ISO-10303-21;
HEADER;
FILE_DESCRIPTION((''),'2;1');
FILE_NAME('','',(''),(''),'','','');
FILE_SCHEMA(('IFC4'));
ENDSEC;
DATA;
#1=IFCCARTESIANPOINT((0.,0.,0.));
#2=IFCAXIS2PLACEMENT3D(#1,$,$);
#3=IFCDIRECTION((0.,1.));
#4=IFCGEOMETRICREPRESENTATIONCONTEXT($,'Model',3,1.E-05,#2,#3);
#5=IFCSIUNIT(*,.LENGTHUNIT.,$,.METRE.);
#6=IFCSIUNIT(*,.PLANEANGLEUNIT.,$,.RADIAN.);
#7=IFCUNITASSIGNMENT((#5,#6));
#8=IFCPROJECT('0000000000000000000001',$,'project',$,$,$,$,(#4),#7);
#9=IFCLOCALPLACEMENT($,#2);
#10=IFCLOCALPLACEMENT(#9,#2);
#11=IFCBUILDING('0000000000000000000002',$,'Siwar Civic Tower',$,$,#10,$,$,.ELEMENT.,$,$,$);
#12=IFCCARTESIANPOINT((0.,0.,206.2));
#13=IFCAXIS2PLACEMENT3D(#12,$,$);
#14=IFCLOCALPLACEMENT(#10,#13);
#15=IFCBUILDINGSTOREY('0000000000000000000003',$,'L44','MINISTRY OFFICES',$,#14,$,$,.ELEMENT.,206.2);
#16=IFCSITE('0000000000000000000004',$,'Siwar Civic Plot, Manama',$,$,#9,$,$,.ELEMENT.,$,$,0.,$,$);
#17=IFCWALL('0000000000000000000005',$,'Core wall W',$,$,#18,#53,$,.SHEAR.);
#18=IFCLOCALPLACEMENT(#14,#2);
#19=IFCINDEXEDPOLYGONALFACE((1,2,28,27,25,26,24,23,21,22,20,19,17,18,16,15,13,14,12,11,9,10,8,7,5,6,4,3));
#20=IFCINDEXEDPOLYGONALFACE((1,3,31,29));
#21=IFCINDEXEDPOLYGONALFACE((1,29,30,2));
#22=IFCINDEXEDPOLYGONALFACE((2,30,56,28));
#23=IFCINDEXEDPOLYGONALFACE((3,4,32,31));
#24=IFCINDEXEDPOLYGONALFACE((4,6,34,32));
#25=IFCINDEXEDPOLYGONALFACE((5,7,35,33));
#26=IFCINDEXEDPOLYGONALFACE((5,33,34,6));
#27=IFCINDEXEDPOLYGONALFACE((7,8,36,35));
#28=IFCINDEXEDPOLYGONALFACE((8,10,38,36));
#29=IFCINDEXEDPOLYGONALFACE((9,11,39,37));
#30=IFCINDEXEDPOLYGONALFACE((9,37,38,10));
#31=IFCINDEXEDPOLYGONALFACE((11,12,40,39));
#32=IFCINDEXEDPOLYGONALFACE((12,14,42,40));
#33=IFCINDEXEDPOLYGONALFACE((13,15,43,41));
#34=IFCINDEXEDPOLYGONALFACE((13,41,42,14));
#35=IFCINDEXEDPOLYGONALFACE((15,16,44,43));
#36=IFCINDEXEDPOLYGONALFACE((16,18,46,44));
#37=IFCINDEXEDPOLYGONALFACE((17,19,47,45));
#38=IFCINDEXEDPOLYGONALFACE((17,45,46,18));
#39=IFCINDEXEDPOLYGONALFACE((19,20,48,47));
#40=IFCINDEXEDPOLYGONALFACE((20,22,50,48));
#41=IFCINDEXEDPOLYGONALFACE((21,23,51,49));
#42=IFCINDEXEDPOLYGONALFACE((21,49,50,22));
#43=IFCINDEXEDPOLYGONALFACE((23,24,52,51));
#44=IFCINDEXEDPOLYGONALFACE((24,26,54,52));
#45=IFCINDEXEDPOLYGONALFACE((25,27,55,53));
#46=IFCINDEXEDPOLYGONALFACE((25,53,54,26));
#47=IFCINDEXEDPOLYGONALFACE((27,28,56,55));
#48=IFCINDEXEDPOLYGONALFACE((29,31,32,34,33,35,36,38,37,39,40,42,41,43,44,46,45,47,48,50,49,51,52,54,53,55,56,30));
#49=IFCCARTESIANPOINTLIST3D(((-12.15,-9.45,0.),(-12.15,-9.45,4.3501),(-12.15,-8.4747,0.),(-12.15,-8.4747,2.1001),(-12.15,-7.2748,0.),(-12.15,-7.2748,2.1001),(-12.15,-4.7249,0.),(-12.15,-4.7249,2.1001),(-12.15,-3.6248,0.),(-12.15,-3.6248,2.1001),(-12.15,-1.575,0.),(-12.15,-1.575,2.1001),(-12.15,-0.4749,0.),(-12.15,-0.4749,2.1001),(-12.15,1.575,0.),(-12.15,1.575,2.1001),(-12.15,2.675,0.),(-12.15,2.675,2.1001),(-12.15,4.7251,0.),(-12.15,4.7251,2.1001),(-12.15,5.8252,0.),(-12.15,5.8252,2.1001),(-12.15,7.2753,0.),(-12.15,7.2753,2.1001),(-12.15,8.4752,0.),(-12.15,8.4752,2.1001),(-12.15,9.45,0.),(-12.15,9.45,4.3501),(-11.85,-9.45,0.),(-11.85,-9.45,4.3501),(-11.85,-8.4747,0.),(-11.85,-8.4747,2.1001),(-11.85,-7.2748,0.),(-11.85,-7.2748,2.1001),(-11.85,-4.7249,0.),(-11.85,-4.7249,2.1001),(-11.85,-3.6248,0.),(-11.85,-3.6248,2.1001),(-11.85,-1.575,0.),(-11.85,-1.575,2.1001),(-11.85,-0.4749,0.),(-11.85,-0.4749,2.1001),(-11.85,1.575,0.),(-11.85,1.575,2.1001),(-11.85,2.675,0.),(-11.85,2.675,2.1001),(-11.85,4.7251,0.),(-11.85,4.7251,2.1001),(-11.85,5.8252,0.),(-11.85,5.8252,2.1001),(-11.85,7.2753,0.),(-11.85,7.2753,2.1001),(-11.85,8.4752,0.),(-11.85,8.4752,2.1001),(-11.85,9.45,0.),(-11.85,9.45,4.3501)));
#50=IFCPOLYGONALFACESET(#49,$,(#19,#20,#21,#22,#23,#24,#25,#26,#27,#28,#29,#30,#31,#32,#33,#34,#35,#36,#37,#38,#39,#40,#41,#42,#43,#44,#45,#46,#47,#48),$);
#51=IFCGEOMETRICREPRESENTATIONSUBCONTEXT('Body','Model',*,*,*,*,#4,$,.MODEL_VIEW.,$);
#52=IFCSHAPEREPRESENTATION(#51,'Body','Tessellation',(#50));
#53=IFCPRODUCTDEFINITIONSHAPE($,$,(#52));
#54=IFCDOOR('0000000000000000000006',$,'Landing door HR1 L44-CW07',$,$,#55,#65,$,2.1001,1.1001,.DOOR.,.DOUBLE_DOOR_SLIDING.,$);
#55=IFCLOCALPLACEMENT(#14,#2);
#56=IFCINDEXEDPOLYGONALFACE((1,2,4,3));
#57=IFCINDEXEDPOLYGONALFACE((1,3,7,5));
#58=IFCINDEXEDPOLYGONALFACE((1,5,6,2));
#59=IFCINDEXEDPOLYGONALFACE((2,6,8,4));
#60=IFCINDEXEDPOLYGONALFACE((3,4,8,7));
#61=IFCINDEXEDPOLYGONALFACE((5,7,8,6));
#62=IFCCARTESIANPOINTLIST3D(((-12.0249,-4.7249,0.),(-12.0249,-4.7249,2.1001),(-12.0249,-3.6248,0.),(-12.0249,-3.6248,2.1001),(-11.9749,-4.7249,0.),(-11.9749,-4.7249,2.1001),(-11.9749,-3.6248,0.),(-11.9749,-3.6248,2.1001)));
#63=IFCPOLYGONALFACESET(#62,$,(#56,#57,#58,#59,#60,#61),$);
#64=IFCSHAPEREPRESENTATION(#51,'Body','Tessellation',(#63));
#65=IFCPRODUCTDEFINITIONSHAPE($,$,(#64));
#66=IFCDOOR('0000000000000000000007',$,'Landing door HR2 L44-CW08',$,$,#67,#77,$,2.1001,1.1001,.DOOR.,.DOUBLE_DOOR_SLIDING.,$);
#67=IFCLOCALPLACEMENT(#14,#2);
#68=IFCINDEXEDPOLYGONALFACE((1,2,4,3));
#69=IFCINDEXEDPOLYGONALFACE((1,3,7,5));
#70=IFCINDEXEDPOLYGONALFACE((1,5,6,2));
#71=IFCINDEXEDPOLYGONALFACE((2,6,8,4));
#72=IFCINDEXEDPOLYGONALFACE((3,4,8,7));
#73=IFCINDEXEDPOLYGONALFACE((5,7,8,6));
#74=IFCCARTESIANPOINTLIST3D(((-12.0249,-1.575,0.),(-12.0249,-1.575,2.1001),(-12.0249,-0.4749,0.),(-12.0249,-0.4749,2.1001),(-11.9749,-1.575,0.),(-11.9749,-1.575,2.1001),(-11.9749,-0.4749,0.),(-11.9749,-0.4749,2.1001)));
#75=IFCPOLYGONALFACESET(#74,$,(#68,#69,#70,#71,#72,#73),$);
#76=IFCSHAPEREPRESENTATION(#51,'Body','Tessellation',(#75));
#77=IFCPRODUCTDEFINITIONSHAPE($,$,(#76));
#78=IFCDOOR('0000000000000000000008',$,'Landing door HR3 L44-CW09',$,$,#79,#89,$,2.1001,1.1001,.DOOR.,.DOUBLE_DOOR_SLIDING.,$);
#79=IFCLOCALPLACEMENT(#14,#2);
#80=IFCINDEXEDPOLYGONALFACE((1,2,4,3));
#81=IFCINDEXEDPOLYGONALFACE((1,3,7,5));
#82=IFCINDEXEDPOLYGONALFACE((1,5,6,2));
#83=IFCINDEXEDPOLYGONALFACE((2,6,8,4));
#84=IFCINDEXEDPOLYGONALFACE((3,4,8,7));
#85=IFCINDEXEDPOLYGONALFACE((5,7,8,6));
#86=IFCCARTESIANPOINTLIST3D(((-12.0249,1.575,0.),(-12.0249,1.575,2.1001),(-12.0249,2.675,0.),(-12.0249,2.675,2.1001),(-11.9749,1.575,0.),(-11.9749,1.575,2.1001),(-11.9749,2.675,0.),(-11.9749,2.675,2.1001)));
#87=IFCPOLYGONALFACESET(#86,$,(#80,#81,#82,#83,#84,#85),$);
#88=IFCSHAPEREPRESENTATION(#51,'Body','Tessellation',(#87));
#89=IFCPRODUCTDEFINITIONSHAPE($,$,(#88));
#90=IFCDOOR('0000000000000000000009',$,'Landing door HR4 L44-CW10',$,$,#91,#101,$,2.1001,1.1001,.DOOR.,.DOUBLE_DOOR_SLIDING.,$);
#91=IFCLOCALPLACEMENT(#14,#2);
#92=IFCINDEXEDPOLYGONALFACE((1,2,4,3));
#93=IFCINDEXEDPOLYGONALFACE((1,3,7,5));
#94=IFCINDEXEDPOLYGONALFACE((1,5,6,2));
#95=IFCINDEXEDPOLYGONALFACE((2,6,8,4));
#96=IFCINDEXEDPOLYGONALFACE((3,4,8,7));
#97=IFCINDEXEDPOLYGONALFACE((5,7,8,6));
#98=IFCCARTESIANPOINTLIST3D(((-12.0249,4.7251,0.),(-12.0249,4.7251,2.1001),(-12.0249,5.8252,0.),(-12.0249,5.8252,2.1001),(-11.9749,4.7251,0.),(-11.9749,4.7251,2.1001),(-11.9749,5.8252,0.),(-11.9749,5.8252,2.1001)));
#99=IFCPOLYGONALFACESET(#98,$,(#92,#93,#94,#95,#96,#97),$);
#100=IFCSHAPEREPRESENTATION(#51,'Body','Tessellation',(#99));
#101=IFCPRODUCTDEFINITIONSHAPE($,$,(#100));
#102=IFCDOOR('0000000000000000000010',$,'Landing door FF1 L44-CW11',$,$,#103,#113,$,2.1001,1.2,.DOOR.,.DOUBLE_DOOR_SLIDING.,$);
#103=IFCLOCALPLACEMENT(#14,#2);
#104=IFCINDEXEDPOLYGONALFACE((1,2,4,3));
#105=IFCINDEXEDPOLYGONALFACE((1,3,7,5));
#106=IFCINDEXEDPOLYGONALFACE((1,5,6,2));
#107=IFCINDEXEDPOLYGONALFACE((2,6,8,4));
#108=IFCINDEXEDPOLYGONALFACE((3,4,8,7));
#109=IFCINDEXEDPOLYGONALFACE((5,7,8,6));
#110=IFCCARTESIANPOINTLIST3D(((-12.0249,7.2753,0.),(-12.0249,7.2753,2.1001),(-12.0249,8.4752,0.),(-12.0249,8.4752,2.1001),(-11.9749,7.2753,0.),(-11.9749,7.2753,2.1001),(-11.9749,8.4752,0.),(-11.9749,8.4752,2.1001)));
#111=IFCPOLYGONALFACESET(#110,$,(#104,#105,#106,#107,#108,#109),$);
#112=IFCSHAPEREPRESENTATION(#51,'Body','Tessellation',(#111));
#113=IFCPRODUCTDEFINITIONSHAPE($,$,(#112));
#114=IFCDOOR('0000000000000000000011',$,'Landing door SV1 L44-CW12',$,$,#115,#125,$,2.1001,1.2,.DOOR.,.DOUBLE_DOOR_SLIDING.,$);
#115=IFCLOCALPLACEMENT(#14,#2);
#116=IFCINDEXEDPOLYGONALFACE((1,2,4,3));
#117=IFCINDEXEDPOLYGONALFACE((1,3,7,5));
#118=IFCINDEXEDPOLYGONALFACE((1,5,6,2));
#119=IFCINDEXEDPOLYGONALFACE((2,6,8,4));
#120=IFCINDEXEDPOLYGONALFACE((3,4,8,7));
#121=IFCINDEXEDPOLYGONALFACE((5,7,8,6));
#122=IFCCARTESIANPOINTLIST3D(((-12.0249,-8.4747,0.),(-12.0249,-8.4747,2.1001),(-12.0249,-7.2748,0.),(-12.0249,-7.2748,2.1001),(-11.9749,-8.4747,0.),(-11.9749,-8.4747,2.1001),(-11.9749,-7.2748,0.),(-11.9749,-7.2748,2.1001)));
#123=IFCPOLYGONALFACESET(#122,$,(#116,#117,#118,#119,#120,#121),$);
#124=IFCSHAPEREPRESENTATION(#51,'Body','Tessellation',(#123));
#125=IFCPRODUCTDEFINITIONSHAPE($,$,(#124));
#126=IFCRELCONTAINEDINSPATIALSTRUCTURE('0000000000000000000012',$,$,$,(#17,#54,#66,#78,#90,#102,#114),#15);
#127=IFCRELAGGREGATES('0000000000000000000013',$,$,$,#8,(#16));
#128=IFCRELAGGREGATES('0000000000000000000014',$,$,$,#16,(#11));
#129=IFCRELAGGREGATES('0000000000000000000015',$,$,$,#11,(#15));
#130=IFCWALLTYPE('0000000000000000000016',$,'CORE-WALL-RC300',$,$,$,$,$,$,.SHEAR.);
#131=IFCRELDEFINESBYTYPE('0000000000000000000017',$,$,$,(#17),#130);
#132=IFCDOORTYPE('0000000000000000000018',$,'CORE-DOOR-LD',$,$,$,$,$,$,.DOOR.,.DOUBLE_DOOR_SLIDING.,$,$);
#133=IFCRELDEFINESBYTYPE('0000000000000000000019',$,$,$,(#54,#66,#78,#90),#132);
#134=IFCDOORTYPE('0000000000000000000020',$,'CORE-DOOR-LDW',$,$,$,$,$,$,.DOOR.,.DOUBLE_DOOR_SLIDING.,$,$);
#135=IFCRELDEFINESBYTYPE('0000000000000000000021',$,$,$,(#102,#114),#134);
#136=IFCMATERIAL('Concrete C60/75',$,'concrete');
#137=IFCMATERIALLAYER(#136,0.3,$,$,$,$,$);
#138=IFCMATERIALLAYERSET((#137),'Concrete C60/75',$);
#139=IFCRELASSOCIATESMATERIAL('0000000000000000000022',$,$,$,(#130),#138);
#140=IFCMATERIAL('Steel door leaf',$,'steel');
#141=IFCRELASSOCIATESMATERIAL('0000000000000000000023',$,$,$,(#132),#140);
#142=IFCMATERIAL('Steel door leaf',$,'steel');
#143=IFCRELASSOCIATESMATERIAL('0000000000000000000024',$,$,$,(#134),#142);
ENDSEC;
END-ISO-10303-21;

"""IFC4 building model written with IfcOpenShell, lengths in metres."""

from ifc_helpers import new_model, si_unit, direction, frame, frame_2d, origin, place, context, subcontext, project, spatial, rectangle, extrude, material, layer, layer_set, type_object, element, fill, save


model = new_model("IFC4")

# Units and contexts
model_context = context("Model", 3, precision=1e-05, world=origin(), true_north=direction((0.0, 1.0)))
body_context = subcontext(model_context, "Body", "Model", "MODEL_VIEW")
ifc_project = project(units=[si_unit("LENGTHUNIT", "METRE"), si_unit("PLANEANGLEUNIT", "RADIAN")], contexts=[model_context])

# Site, building, storey
site_placement = place(None, origin())
site = spatial("IfcSite", under=ifc_project, at=site_placement, Name="Siwar Civic Plot, Manama", CompositionType="ELEMENT", RefElevation=0.0)
building_placement = place(site_placement, origin())
building = spatial("IfcBuilding", under=site, at=building_placement, Name="Siwar Civic Tower", CompositionType="ELEMENT")
storey_placement = place(building_placement, frame((0.0, 0.0, 206.2)))
storey = spatial("IfcBuildingStorey", under=building, at=storey_placement, Name="L44", Description="MINISTRY OFFICES", CompositionType="ELEMENT", Elevation=206.2)

# Wall, openings, doors
ifc_material_1 = material(Name="Concrete C60/75", Category="concrete")
ifc_layer_1 = layer(ifc_material_1, 0.3)
ifc_layer_set_1 = layer_set([ifc_layer_1], Name="Concrete C60/75")
wall_type_1 = type_object("IfcWallType", Name="CORE-WALL-RC300", PredefinedType="SHEAR", material=ifc_layer_set_1)
wall_1_placement = place(storey_placement, frame((-12.0, -9.45, 0.0), z_axis=(0.0, 0.0, 1.0), x_axis=(0.0, 1.0, 0.0)))
wall_1 = element("IfcWall", 1, at=wall_1_placement, inside=storey, type_object=wall_type_1, Name="Core wall W", PredefinedType="SHEAR", context=body_context, shape_type="SweptSolid", body=[
    extrude(rectangle(XDim=18.8999, YDim=0.3, at=frame_2d((9.45, 0.0))), origin(), (0.0, 0.0, 1.0), 4.3501),
])
opening_1_placement = place(wall_1_placement, frame((4.7251, 0.0, 0.0)))
opening_1 = element("IfcOpeningElement", 2, at=opening_1_placement, cuts=wall_1, PredefinedType="OPENING", context=body_context, shape_type="SweptSolid", body=[
    extrude(rectangle(XDim=1.1001, YDim=2.1001, at=frame_2d((0.55, 1.05))), frame((0.0, 0.1602, 0.0), z_axis=(0.0, -1.0, 0.0), x_axis=(1.0, 0.0, 0.0)), (0.0, 0.0, 1.0), 0.3201),
])
opening_2_placement = place(wall_1_placement, frame((7.875, 0.0, 0.0)))
opening_2 = element("IfcOpeningElement", 3, at=opening_2_placement, cuts=wall_1, PredefinedType="OPENING", context=body_context, shape_type="SweptSolid", body=[
    extrude(rectangle(XDim=1.1001, YDim=2.1001, at=frame_2d((0.55, 1.05))), frame((0.0, 0.1602, 0.0), z_axis=(0.0, -1.0, 0.0), x_axis=(1.0, 0.0, 0.0)), (0.0, 0.0, 1.0), 0.3201),
])
opening_3_placement = place(wall_1_placement, frame((11.0249, 0.0, 0.0)))
opening_3 = element("IfcOpeningElement", 4, at=opening_3_placement, cuts=wall_1, PredefinedType="OPENING", context=body_context, shape_type="SweptSolid", body=[
    extrude(rectangle(XDim=1.1001, YDim=2.1001, at=frame_2d((0.55, 1.05))), frame((0.0, 0.1602, 0.0), z_axis=(0.0, -1.0, 0.0), x_axis=(1.0, 0.0, 0.0)), (0.0, 0.0, 1.0), 0.3201),
])
opening_4_placement = place(wall_1_placement, frame((14.175, 0.0, 0.0)))
opening_4 = element("IfcOpeningElement", 5, at=opening_4_placement, cuts=wall_1, PredefinedType="OPENING", context=body_context, shape_type="SweptSolid", body=[
    extrude(rectangle(XDim=1.1001, YDim=2.1001, at=frame_2d((0.55, 1.05))), frame((0.0, 0.1602, 0.0), z_axis=(0.0, -1.0, 0.0), x_axis=(1.0, 0.0, 0.0)), (0.0, 0.0, 1.0), 0.3201),
])
opening_5_placement = place(wall_1_placement, frame((16.7251, 0.0, 0.0)))
opening_5 = element("IfcOpeningElement", 6, at=opening_5_placement, cuts=wall_1, PredefinedType="OPENING", context=body_context, shape_type="SweptSolid", body=[
    extrude(rectangle(XDim=1.2, YDim=2.1001, at=frame_2d((0.6001, 1.05))), frame((0.0, 0.1602, 0.0), z_axis=(0.0, -1.0, 0.0), x_axis=(1.0, 0.0, 0.0)), (0.0, 0.0, 1.0), 0.3201),
])
opening_6_placement = place(wall_1_placement, frame((0.9751, 0.0, 0.0)))
opening_6 = element("IfcOpeningElement", 7, at=opening_6_placement, cuts=wall_1, PredefinedType="OPENING", context=body_context, shape_type="SweptSolid", body=[
    extrude(rectangle(XDim=1.2, YDim=2.1001, at=frame_2d((0.6001, 1.05))), frame((0.0, 0.1602, 0.0), z_axis=(0.0, -1.0, 0.0), x_axis=(1.0, 0.0, 0.0)), (0.0, 0.0, 1.0), 0.3201),
])
ifc_material_2 = material(Name="Steel door leaf", Category="steel")
door_type_1 = type_object("IfcDoorType", Name="CORE-DOOR-LD", OperationType="DOUBLE_DOOR_SLIDING", PredefinedType="DOOR", material=ifc_material_2)
door_1_placement = place(opening_1_placement, origin())
door_1 = element("IfcDoor", 8, at=door_1_placement, inside=storey, type_object=door_type_1, Name="Landing door HR1 L44-CW07", OperationType="DOUBLE_DOOR_SLIDING", OverallHeight=2.1001, OverallWidth=1.1001, PredefinedType="DOOR", context=body_context, shape_type="SweptSolid", body=[
    extrude(rectangle(XDim=1.1001, YDim=2.1001, at=frame_2d((0.55, 1.05))), frame((0.0, 0.0249, 0.0), z_axis=(0.0, -1.0, 0.0), x_axis=(1.0, 0.0, 0.0)), (0.0, 0.0, 1.0), 0.05),
])
fill(opening_1, door_1)
door_2_placement = place(opening_2_placement, origin())
door_2 = element("IfcDoor", 9, at=door_2_placement, inside=storey, type_object=door_type_1, Name="Landing door HR2 L44-CW08", OperationType="DOUBLE_DOOR_SLIDING", OverallHeight=2.1001, OverallWidth=1.1001, PredefinedType="DOOR", context=body_context, shape_type="SweptSolid", body=[
    extrude(rectangle(XDim=1.1001, YDim=2.1001, at=frame_2d((0.55, 1.05))), frame((0.0, 0.0249, 0.0), z_axis=(0.0, -1.0, 0.0), x_axis=(1.0, 0.0, 0.0)), (0.0, 0.0, 1.0), 0.05),
])
fill(opening_2, door_2)
door_3_placement = place(opening_3_placement, origin())
door_3 = element("IfcDoor", 10, at=door_3_placement, inside=storey, type_object=door_type_1, Name="Landing door HR3 L44-CW09", OperationType="DOUBLE_DOOR_SLIDING", OverallHeight=2.1001, OverallWidth=1.1001, PredefinedType="DOOR", context=body_context, shape_type="SweptSolid", body=[
    extrude(rectangle(XDim=1.1001, YDim=2.1001, at=frame_2d((0.55, 1.05))), frame((0.0, 0.0249, 0.0), z_axis=(0.0, -1.0, 0.0), x_axis=(1.0, 0.0, 0.0)), (0.0, 0.0, 1.0), 0.05),
])
fill(opening_3, door_3)
door_4_placement = place(opening_4_placement, origin())
door_4 = element("IfcDoor", 11, at=door_4_placement, inside=storey, type_object=door_type_1, Name="Landing door HR4 L44-CW10", OperationType="DOUBLE_DOOR_SLIDING", OverallHeight=2.1001, OverallWidth=1.1001, PredefinedType="DOOR", context=body_context, shape_type="SweptSolid", body=[
    extrude(rectangle(XDim=1.1001, YDim=2.1001, at=frame_2d((0.55, 1.05))), frame((0.0, 0.0249, 0.0), z_axis=(0.0, -1.0, 0.0), x_axis=(1.0, 0.0, 0.0)), (0.0, 0.0, 1.0), 0.05),
])
fill(opening_4, door_4)
ifc_material_3 = material(Name="Steel door leaf", Category="steel")
door_type_2 = type_object("IfcDoorType", Name="CORE-DOOR-LDW", OperationType="DOUBLE_DOOR_SLIDING", PredefinedType="DOOR", material=ifc_material_3)
door_5_placement = place(opening_5_placement, origin())
door_5 = element("IfcDoor", 12, at=door_5_placement, inside=storey, type_object=door_type_2, Name="Landing door FF1 L44-CW11", OperationType="DOUBLE_DOOR_SLIDING", OverallHeight=2.1001, OverallWidth=1.2, PredefinedType="DOOR", context=body_context, shape_type="SweptSolid", body=[
    extrude(rectangle(XDim=1.2, YDim=2.1001, at=frame_2d((0.6001, 1.05))), frame((0.0, 0.0249, 0.0), z_axis=(0.0, -1.0, 0.0), x_axis=(1.0, 0.0, 0.0)), (0.0, 0.0, 1.0), 0.05),
])
fill(opening_5, door_5)
door_6_placement = place(opening_6_placement, origin())
door_6 = element("IfcDoor", 13, at=door_6_placement, inside=storey, type_object=door_type_2, Name="Landing door SV1 L44-CW12", OperationType="DOUBLE_DOOR_SLIDING", OverallHeight=2.1001, OverallWidth=1.2, PredefinedType="DOOR", context=body_context, shape_type="SweptSolid", body=[
    extrude(rectangle(XDim=1.2, YDim=2.1001, at=frame_2d((0.6001, 1.05))), frame((0.0, 0.0249, 0.0), z_axis=(0.0, -1.0, 0.0), x_axis=(1.0, 0.0, 0.0)), (0.0, 0.0, 1.0), 0.05),
])
fill(opening_6, door_6)

save(model, "model.ifc")
